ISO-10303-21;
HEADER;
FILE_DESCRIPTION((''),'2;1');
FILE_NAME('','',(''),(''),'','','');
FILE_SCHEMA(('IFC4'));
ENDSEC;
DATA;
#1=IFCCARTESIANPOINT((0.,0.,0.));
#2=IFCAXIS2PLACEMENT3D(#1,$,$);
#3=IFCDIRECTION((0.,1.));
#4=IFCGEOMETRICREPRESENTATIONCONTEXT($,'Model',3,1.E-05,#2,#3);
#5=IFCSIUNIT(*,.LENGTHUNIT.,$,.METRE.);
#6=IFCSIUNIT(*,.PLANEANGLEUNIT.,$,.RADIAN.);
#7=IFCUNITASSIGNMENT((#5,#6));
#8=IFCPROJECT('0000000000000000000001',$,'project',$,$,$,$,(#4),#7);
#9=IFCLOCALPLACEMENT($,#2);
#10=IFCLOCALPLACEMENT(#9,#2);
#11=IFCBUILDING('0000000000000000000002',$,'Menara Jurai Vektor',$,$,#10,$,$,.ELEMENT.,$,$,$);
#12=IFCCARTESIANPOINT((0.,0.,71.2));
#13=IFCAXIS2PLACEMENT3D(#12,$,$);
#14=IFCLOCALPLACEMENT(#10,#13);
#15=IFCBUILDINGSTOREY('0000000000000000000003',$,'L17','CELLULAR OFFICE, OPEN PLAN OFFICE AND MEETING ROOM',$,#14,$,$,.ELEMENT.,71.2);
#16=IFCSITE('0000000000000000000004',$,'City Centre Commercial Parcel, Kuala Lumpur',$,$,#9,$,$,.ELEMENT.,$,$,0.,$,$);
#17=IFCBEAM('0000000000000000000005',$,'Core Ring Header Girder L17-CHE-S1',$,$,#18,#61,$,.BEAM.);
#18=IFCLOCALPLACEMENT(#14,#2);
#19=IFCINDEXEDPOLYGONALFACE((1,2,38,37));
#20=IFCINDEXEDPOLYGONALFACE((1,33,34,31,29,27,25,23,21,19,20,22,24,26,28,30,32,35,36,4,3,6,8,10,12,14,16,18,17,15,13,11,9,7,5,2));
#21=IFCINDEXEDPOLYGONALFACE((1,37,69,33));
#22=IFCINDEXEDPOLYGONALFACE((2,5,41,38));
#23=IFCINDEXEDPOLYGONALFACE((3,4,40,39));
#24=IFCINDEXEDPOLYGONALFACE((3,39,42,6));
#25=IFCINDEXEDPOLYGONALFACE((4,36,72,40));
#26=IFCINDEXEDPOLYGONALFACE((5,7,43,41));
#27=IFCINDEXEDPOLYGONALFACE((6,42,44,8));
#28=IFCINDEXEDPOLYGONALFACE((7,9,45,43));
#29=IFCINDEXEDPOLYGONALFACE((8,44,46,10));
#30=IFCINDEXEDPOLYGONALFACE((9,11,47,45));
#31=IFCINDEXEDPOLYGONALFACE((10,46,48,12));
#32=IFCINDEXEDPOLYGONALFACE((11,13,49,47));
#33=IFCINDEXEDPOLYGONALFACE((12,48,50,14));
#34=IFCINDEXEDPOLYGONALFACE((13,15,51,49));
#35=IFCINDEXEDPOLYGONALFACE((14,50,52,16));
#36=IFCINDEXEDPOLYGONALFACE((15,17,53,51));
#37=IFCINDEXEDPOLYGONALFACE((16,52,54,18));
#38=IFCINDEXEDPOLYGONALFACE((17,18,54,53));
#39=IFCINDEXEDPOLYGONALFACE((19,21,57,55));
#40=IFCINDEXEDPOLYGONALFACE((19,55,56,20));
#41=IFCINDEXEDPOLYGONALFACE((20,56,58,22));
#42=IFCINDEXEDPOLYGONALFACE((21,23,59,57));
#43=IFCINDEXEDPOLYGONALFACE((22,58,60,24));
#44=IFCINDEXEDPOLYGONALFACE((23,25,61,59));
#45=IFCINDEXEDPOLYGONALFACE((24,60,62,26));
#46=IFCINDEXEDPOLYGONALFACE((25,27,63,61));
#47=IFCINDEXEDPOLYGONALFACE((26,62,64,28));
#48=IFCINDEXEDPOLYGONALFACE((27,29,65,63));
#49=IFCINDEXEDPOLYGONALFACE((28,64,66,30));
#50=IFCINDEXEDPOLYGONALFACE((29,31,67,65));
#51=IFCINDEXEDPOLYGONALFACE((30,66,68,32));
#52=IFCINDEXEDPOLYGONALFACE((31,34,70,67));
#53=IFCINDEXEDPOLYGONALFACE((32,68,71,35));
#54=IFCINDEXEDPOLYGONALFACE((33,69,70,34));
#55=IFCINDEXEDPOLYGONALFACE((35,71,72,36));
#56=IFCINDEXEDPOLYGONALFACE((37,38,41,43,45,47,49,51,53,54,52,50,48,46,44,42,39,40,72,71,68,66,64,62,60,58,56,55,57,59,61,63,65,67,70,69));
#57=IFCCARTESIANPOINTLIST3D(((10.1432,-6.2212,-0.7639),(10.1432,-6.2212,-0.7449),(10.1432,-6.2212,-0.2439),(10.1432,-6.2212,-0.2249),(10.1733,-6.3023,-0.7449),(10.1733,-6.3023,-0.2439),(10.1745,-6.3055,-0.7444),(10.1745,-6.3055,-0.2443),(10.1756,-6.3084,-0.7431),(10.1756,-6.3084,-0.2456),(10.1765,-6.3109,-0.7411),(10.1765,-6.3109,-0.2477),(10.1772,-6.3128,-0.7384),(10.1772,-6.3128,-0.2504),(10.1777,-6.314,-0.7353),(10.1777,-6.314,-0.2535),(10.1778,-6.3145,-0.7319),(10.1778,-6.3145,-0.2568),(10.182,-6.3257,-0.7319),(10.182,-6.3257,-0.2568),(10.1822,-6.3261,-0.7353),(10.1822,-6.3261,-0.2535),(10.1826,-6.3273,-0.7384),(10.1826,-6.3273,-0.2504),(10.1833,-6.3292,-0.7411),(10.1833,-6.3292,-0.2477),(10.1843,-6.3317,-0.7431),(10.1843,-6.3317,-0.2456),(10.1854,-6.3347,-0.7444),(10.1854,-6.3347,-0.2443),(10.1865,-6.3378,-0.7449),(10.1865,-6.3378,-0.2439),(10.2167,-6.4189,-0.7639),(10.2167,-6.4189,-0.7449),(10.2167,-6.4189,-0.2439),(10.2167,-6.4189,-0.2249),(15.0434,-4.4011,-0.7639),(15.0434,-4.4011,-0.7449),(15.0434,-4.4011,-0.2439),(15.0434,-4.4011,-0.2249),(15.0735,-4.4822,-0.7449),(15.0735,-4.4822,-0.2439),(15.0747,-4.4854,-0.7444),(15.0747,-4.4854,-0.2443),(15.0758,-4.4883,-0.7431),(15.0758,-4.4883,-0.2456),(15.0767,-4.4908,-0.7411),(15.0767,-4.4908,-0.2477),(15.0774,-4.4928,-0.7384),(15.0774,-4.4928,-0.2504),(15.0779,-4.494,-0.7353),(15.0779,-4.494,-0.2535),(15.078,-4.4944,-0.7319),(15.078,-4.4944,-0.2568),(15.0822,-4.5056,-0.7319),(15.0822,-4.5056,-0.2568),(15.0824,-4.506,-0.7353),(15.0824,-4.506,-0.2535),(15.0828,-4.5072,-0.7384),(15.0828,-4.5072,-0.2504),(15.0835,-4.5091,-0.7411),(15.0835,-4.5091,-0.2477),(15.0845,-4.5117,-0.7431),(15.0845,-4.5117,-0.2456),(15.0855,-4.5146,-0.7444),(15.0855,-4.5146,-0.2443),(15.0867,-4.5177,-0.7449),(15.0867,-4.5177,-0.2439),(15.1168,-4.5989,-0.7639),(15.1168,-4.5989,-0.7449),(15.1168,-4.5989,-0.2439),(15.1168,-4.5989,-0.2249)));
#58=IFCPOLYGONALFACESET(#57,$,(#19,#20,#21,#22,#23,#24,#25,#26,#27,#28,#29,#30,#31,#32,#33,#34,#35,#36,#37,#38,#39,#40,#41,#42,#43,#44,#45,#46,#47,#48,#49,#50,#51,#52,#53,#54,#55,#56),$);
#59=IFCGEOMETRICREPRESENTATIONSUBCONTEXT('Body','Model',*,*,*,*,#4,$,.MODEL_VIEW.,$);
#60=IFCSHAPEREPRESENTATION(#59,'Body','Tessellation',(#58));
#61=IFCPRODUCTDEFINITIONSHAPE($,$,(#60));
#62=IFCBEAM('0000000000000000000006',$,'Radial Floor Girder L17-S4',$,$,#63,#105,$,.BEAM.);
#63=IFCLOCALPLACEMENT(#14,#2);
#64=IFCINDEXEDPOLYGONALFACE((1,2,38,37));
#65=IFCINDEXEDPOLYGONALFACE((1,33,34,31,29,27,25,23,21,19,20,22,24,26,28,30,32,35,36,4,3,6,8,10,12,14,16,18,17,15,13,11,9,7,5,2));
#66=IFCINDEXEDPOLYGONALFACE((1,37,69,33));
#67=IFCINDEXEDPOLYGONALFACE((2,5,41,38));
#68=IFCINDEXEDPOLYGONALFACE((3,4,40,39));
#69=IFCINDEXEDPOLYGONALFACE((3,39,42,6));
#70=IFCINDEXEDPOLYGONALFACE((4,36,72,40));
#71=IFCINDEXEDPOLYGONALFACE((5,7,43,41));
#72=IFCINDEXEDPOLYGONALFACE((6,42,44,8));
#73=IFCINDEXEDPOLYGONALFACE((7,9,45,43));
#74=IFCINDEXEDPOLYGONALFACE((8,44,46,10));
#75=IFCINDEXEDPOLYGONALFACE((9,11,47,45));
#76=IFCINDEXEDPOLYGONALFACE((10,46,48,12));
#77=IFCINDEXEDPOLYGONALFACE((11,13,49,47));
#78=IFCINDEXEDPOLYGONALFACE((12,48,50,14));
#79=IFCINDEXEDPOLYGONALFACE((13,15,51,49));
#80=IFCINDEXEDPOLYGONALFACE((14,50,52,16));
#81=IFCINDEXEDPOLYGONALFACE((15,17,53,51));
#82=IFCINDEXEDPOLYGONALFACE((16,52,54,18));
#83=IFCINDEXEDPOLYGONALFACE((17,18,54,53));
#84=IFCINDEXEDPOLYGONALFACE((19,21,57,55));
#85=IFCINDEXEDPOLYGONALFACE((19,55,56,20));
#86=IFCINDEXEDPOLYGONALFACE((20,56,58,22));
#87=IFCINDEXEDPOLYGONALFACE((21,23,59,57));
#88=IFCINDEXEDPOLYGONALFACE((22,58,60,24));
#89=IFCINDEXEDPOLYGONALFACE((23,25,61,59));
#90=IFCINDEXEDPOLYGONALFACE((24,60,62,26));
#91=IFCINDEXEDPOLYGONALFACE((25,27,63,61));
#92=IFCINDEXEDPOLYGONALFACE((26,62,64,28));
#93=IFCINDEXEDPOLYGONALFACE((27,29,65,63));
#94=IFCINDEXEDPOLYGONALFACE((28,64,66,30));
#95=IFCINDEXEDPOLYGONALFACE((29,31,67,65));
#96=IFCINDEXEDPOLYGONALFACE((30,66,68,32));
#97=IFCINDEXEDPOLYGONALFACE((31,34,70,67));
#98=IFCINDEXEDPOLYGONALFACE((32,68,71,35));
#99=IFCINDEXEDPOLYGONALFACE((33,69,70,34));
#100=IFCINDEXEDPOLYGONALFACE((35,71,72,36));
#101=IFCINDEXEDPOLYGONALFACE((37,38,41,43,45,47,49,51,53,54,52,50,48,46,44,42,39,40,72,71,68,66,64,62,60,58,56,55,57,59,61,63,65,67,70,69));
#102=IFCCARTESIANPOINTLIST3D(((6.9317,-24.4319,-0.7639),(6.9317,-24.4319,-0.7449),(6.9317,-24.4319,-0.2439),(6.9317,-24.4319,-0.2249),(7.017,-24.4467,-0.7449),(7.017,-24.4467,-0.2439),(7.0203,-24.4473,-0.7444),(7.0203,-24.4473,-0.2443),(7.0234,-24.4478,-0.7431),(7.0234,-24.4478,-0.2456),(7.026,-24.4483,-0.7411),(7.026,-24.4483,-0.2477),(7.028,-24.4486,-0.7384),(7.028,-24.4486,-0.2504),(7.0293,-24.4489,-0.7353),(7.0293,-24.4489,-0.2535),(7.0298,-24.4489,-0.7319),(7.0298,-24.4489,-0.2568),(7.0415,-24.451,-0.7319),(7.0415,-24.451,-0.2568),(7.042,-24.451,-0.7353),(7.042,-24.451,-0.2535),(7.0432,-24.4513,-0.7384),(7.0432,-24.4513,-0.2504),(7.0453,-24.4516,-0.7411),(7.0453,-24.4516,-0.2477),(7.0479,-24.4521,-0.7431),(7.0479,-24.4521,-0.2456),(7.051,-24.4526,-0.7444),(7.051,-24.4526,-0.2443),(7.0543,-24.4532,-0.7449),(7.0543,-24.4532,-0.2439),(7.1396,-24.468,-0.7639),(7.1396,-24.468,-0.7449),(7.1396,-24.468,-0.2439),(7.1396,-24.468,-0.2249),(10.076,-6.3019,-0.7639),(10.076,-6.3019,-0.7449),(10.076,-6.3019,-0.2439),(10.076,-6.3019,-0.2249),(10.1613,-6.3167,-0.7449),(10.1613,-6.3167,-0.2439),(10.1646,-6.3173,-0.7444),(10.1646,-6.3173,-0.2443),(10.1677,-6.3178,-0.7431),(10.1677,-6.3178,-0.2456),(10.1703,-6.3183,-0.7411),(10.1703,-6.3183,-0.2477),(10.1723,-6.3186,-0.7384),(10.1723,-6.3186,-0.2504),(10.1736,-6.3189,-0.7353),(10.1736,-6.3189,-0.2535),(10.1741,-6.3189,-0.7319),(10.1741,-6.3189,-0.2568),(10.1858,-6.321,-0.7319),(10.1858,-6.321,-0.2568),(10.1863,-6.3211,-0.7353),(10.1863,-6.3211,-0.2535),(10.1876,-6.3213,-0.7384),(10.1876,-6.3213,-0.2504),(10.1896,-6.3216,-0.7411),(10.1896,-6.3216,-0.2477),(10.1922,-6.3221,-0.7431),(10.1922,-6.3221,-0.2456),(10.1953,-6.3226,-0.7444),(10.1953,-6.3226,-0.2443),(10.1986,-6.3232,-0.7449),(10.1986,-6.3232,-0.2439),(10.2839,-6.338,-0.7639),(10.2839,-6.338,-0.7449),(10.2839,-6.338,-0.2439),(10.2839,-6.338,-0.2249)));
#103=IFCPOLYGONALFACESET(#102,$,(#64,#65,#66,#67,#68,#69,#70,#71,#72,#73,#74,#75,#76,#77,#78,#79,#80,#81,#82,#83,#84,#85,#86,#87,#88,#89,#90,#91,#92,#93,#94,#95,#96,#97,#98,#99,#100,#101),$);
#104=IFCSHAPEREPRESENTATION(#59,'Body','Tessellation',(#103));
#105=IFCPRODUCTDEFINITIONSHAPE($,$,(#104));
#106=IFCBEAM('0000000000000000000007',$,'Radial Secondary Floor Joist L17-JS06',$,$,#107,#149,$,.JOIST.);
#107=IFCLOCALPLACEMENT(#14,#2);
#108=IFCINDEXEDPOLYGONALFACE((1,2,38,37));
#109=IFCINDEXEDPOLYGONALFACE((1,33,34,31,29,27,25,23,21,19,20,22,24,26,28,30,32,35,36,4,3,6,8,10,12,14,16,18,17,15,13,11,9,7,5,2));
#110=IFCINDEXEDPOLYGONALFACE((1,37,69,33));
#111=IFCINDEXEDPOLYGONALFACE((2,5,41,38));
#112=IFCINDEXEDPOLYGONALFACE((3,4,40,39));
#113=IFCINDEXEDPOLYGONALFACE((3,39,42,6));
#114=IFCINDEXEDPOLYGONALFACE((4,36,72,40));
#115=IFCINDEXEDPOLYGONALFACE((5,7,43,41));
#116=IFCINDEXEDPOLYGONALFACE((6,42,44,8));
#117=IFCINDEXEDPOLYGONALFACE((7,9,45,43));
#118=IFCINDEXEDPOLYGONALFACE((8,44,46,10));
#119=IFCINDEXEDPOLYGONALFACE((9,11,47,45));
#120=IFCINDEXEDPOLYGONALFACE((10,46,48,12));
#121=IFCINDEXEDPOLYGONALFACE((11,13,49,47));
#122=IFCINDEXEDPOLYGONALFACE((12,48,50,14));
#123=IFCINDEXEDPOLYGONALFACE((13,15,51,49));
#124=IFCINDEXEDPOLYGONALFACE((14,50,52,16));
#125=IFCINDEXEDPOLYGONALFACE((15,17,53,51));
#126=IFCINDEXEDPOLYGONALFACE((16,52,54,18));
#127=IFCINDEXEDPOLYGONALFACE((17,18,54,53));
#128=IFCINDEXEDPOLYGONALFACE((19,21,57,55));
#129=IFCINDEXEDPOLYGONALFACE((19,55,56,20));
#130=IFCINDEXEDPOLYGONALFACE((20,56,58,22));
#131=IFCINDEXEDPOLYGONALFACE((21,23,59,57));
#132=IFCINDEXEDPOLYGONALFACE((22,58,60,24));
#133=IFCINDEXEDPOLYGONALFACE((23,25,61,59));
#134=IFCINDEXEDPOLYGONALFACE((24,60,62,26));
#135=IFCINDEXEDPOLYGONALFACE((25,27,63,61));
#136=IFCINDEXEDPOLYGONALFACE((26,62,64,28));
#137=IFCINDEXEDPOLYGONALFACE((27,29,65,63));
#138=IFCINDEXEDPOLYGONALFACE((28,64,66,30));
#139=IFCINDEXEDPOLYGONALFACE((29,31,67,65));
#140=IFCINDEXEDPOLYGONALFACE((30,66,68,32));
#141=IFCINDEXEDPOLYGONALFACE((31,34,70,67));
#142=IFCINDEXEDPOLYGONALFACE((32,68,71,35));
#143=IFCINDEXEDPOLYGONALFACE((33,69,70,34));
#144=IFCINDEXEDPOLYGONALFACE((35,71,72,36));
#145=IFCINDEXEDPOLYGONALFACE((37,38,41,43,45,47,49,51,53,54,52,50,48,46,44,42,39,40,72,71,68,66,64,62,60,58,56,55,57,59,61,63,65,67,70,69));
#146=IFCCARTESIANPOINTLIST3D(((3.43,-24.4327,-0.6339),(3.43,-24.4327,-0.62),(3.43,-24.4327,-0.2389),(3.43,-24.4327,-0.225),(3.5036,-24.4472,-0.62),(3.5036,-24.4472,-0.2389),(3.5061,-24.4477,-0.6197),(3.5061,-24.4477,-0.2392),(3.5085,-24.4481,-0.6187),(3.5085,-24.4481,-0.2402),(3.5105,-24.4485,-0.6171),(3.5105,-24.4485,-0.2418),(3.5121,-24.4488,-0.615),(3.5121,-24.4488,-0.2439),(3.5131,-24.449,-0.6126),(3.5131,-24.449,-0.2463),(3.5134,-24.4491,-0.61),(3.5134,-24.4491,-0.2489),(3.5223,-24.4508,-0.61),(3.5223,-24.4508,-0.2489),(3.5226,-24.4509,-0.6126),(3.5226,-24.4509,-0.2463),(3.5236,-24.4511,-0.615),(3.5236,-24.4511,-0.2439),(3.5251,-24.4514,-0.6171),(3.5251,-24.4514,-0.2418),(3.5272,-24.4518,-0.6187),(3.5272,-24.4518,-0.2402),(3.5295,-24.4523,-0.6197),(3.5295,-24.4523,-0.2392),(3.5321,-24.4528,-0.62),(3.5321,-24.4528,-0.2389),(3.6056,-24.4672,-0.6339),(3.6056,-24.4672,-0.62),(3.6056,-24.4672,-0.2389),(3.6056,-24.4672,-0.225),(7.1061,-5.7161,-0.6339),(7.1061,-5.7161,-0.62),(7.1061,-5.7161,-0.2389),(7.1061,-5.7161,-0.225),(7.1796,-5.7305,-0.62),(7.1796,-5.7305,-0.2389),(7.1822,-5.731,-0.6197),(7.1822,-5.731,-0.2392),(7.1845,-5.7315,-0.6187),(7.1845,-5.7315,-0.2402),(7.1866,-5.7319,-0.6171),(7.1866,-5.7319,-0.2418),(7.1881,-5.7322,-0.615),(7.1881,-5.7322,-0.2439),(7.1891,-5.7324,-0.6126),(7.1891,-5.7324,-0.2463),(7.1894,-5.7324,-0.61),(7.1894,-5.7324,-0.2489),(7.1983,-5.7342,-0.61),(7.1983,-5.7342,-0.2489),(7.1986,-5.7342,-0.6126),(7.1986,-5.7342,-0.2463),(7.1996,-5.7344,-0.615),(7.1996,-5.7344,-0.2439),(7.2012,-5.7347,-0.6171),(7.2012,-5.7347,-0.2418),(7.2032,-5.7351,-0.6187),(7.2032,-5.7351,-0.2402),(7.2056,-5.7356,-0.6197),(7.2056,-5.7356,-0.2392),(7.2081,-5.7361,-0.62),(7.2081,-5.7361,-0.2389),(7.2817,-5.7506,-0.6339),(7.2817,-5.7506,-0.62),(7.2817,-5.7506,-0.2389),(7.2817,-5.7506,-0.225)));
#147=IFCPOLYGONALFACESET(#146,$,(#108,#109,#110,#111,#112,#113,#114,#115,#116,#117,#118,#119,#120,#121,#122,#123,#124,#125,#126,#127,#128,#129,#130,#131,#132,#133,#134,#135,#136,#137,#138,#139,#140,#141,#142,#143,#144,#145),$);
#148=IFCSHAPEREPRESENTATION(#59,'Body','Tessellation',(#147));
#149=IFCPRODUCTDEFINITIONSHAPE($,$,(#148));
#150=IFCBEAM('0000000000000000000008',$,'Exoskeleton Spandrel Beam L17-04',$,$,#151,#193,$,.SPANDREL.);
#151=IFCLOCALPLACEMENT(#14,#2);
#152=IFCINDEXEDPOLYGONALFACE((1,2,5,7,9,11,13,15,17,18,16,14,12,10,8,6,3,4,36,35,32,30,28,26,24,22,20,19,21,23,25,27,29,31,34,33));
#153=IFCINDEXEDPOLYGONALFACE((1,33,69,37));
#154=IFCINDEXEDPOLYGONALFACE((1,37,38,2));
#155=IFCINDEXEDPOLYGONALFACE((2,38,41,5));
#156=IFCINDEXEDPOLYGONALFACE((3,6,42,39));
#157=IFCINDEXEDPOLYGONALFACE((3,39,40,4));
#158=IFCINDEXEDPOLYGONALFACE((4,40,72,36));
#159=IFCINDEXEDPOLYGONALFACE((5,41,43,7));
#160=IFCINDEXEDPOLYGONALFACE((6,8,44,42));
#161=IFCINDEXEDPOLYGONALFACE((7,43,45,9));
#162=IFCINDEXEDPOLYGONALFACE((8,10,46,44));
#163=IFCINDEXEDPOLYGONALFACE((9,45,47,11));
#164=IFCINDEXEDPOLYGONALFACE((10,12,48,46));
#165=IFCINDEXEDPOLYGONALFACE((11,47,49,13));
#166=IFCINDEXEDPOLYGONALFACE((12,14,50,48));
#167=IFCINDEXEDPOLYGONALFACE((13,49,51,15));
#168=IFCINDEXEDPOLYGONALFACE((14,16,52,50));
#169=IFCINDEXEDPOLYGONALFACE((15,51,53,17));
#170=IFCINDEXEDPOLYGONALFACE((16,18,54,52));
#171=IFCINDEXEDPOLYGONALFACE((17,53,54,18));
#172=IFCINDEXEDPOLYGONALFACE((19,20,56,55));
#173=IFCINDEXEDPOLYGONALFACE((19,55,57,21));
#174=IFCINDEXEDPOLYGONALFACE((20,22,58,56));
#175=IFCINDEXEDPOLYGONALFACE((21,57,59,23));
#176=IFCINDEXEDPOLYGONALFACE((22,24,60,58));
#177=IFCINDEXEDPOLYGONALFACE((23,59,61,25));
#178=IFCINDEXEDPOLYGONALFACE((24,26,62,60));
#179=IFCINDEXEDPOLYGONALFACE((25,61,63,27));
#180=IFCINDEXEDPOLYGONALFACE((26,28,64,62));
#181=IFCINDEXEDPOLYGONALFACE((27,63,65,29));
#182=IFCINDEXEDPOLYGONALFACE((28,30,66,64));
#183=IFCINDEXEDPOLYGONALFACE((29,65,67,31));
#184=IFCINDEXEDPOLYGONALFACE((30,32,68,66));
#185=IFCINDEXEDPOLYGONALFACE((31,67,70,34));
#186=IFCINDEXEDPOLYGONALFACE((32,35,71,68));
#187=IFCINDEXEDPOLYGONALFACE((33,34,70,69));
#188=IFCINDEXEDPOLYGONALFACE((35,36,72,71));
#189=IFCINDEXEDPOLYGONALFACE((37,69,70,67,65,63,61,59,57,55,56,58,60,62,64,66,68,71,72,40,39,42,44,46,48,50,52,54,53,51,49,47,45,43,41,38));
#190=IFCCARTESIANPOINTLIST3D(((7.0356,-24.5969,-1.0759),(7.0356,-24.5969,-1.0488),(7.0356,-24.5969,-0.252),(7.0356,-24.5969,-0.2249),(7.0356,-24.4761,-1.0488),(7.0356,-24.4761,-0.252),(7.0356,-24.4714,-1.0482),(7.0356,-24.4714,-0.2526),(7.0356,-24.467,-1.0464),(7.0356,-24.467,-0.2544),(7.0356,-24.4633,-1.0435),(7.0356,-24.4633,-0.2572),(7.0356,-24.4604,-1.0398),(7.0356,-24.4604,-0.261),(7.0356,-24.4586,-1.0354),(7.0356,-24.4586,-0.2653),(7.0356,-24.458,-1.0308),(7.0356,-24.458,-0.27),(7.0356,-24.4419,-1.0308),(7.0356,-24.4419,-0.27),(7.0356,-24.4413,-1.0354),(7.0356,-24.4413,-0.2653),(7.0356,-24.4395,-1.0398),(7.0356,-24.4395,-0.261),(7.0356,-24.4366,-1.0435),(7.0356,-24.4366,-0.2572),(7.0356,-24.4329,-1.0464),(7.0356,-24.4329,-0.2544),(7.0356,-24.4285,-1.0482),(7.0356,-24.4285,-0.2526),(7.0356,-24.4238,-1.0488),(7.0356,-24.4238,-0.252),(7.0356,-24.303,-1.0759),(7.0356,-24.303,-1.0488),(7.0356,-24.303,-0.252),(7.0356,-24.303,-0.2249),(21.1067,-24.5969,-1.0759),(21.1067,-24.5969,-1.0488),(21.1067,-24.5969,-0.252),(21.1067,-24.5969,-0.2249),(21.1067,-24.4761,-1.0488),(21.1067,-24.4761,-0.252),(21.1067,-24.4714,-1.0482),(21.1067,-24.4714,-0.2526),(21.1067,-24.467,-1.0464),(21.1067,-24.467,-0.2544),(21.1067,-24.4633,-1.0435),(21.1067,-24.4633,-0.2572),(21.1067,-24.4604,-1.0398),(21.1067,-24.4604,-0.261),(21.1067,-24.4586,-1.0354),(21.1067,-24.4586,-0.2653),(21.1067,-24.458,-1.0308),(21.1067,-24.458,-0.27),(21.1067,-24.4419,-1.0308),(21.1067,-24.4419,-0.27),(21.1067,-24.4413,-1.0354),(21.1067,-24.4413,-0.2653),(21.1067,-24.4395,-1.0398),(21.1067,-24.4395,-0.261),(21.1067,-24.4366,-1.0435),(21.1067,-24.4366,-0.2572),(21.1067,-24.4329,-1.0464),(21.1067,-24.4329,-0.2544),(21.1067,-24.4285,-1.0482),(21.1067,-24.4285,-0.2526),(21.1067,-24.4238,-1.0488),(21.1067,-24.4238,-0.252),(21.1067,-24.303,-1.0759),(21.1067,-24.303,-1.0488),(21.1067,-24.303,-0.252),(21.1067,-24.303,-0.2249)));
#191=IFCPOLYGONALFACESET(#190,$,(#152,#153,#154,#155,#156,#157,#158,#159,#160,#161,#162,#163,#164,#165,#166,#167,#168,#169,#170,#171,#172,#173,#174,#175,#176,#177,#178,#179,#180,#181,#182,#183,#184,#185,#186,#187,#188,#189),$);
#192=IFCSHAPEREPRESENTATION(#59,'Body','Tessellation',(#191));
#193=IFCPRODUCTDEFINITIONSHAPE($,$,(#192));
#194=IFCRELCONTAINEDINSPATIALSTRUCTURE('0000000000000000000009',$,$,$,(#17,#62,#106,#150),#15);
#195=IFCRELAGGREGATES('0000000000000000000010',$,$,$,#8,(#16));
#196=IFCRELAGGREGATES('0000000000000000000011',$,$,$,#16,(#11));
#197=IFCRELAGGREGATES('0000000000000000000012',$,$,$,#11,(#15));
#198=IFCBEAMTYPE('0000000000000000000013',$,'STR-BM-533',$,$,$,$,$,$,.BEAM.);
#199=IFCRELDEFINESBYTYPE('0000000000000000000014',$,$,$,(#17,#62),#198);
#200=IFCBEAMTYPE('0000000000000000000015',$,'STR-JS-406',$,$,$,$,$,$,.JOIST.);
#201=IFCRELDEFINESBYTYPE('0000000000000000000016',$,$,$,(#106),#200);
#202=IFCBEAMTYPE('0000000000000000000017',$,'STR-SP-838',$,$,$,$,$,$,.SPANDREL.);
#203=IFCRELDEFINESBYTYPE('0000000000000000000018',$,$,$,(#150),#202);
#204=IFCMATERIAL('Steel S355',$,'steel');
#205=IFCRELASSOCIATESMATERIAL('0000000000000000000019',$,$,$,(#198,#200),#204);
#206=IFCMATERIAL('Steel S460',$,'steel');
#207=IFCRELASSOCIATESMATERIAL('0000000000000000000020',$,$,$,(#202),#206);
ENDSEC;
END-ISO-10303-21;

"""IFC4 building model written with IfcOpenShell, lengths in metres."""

from ifc_helpers import new_model, si_unit, direction, frame, origin, origin_2d, place, context, subcontext, project, spatial, i_section, extrude, material, material_profile, profile_set, type_object, element, save


model = new_model("IFC4")

# Units and contexts
model_context = context("Model", 3, precision=1e-05, world=origin(), true_north=direction((0.0, 1.0)))
body_context = subcontext(model_context, "Body", "Model", "MODEL_VIEW")
ifc_project = project(units=[si_unit("LENGTHUNIT", "METRE"), si_unit("PLANEANGLEUNIT", "RADIAN")], contexts=[model_context])

# Site, building, storey
site_placement = place(None, origin())
site = spatial("IfcSite", under=ifc_project, at=site_placement, Name="City Centre Commercial Parcel, Kuala Lumpur", CompositionType="ELEMENT", RefElevation=0.0)
building_placement = place(site_placement, origin())
building = spatial("IfcBuilding", under=site, at=building_placement, Name="Menara Jurai Vektor", CompositionType="ELEMENT")
storey_placement = place(building_placement, frame((0.0, 0.0, 71.2)))
storey = spatial("IfcBuildingStorey", under=building, at=storey_placement, Name="L17", Description="CELLULAR OFFICE, OPEN PLAN OFFICE AND MEETING ROOM", CompositionType="ELEMENT", Elevation=71.2)

# Shared definitions
ifc_material_1 = material(Name="Steel S460", Category="steel")

# Beams
ifc_material_2 = material(Name="Steel S355", Category="steel")
ifc_material_profile_1 = material_profile(ifc_material_2, i_section(OverallWidth=0.2109, OverallDepth=0.5391, WebThickness=0.012, FlangeThickness=0.019, FilletRadius=0.0129, at=origin_2d()), Name="UKB 533x210x109")
ifc_profile_set_1 = profile_set([ifc_material_profile_1], Name="Steel S355")
beam_type_1 = type_object("IfcBeamType", Name="STR-BM-533", PredefinedType="BEAM", material=ifc_profile_set_1)
beam_1_placement = place(storey_placement, frame((10.1799, -6.3201, -0.4944), z_axis=(0.937424, 0.348189, 0.0), x_axis=(-0.348189, 0.937424, 0.0)))
element("IfcBeam", 1, at=beam_1_placement, inside=storey, type_object=beam_type_1, Name="Core Ring Header Girder L17-CHE-S1", PredefinedType="BEAM", context=body_context, shape_type="SweptSolid", body=[
    extrude(i_section(OverallWidth=0.2109, OverallDepth=0.5391, WebThickness=0.012, FlangeThickness=0.019, FilletRadius=0.0129, at=origin_2d()), origin(), (0.0, 0.0, 1.0), 5.2273),
])
beam_2_placement = place(storey_placement, frame((7.0356, -24.45, -0.4944), z_axis=(0.17088, 0.985292, 0.0), x_axis=(-0.985292, 0.17088, 0.0)))
element("IfcBeam", 2, at=beam_2_placement, inside=storey, type_object=beam_type_1, Name="Radial Floor Girder L17-S4", PredefinedType="BEAM", context=body_context, shape_type="SweptSolid", body=[
    extrude(i_section(OverallWidth=0.2109, OverallDepth=0.5391, WebThickness=0.012, FlangeThickness=0.019, FilletRadius=0.0129, at=origin_2d()), origin(), (0.0, 0.0, 1.0), 18.4006),
])
ifc_material_profile_2 = material_profile(ifc_material_2, i_section(OverallWidth=0.179, OverallDepth=0.4089, WebThickness=0.009, FlangeThickness=0.0139, FilletRadius=0.01, at=origin_2d()), Name="UKB 406x178x67")
ifc_profile_set_2 = profile_set([ifc_material_profile_2], Name="Steel S355")
beam_type_2 = type_object("IfcBeamType", Name="STR-JS-406", PredefinedType="JOIST", material=ifc_profile_set_2)
beam_3_placement = place(storey_placement, frame((3.5178, -24.45, -0.4294), z_axis=(0.192723, 0.981253, 0.0), x_axis=(-0.981253, 0.192723, 0.0)))
element("IfcBeam", 3, at=beam_3_placement, inside=storey, type_object=beam_type_2, Name="Radial Secondary Floor Joist L17-JS06", PredefinedType="JOIST", context=body_context, shape_type="SweptSolid", body=[
    extrude(i_section(OverallWidth=0.179, OverallDepth=0.4089, WebThickness=0.009, FlangeThickness=0.0139, FilletRadius=0.01, at=origin_2d()), origin(), (0.0, 0.0, 1.0), 19.0742),
])
ifc_material_profile_3 = material_profile(ifc_material_1, i_section(OverallWidth=0.2939, OverallDepth=0.8511, WebThickness=0.0161, FlangeThickness=0.0271, FilletRadius=0.0181, at=origin_2d()), Name="UKB 838x292x226")
ifc_profile_set_3 = profile_set([ifc_material_profile_3], Name="Steel S460")
beam_type_3 = type_object("IfcBeamType", Name="STR-SP-838", PredefinedType="SPANDREL", material=ifc_profile_set_3)
beam_4_placement = place(storey_placement, frame((7.0356, -24.45, -0.6504), z_axis=(1.0, 0.0, 0.0), x_axis=(0.0, 1.0, 0.0)))
element("IfcBeam", 4, at=beam_4_placement, inside=storey, type_object=beam_type_3, Name="Exoskeleton Spandrel Beam L17-04", PredefinedType="SPANDREL", context=body_context, shape_type="SweptSolid", body=[
    extrude(i_section(OverallWidth=0.2939, OverallDepth=0.8511, WebThickness=0.0161, FlangeThickness=0.0271, FilletRadius=0.0181, at=origin_2d()), origin(), (0.0, 0.0, 1.0), 14.071),
])

save(model, "model.ifc")
